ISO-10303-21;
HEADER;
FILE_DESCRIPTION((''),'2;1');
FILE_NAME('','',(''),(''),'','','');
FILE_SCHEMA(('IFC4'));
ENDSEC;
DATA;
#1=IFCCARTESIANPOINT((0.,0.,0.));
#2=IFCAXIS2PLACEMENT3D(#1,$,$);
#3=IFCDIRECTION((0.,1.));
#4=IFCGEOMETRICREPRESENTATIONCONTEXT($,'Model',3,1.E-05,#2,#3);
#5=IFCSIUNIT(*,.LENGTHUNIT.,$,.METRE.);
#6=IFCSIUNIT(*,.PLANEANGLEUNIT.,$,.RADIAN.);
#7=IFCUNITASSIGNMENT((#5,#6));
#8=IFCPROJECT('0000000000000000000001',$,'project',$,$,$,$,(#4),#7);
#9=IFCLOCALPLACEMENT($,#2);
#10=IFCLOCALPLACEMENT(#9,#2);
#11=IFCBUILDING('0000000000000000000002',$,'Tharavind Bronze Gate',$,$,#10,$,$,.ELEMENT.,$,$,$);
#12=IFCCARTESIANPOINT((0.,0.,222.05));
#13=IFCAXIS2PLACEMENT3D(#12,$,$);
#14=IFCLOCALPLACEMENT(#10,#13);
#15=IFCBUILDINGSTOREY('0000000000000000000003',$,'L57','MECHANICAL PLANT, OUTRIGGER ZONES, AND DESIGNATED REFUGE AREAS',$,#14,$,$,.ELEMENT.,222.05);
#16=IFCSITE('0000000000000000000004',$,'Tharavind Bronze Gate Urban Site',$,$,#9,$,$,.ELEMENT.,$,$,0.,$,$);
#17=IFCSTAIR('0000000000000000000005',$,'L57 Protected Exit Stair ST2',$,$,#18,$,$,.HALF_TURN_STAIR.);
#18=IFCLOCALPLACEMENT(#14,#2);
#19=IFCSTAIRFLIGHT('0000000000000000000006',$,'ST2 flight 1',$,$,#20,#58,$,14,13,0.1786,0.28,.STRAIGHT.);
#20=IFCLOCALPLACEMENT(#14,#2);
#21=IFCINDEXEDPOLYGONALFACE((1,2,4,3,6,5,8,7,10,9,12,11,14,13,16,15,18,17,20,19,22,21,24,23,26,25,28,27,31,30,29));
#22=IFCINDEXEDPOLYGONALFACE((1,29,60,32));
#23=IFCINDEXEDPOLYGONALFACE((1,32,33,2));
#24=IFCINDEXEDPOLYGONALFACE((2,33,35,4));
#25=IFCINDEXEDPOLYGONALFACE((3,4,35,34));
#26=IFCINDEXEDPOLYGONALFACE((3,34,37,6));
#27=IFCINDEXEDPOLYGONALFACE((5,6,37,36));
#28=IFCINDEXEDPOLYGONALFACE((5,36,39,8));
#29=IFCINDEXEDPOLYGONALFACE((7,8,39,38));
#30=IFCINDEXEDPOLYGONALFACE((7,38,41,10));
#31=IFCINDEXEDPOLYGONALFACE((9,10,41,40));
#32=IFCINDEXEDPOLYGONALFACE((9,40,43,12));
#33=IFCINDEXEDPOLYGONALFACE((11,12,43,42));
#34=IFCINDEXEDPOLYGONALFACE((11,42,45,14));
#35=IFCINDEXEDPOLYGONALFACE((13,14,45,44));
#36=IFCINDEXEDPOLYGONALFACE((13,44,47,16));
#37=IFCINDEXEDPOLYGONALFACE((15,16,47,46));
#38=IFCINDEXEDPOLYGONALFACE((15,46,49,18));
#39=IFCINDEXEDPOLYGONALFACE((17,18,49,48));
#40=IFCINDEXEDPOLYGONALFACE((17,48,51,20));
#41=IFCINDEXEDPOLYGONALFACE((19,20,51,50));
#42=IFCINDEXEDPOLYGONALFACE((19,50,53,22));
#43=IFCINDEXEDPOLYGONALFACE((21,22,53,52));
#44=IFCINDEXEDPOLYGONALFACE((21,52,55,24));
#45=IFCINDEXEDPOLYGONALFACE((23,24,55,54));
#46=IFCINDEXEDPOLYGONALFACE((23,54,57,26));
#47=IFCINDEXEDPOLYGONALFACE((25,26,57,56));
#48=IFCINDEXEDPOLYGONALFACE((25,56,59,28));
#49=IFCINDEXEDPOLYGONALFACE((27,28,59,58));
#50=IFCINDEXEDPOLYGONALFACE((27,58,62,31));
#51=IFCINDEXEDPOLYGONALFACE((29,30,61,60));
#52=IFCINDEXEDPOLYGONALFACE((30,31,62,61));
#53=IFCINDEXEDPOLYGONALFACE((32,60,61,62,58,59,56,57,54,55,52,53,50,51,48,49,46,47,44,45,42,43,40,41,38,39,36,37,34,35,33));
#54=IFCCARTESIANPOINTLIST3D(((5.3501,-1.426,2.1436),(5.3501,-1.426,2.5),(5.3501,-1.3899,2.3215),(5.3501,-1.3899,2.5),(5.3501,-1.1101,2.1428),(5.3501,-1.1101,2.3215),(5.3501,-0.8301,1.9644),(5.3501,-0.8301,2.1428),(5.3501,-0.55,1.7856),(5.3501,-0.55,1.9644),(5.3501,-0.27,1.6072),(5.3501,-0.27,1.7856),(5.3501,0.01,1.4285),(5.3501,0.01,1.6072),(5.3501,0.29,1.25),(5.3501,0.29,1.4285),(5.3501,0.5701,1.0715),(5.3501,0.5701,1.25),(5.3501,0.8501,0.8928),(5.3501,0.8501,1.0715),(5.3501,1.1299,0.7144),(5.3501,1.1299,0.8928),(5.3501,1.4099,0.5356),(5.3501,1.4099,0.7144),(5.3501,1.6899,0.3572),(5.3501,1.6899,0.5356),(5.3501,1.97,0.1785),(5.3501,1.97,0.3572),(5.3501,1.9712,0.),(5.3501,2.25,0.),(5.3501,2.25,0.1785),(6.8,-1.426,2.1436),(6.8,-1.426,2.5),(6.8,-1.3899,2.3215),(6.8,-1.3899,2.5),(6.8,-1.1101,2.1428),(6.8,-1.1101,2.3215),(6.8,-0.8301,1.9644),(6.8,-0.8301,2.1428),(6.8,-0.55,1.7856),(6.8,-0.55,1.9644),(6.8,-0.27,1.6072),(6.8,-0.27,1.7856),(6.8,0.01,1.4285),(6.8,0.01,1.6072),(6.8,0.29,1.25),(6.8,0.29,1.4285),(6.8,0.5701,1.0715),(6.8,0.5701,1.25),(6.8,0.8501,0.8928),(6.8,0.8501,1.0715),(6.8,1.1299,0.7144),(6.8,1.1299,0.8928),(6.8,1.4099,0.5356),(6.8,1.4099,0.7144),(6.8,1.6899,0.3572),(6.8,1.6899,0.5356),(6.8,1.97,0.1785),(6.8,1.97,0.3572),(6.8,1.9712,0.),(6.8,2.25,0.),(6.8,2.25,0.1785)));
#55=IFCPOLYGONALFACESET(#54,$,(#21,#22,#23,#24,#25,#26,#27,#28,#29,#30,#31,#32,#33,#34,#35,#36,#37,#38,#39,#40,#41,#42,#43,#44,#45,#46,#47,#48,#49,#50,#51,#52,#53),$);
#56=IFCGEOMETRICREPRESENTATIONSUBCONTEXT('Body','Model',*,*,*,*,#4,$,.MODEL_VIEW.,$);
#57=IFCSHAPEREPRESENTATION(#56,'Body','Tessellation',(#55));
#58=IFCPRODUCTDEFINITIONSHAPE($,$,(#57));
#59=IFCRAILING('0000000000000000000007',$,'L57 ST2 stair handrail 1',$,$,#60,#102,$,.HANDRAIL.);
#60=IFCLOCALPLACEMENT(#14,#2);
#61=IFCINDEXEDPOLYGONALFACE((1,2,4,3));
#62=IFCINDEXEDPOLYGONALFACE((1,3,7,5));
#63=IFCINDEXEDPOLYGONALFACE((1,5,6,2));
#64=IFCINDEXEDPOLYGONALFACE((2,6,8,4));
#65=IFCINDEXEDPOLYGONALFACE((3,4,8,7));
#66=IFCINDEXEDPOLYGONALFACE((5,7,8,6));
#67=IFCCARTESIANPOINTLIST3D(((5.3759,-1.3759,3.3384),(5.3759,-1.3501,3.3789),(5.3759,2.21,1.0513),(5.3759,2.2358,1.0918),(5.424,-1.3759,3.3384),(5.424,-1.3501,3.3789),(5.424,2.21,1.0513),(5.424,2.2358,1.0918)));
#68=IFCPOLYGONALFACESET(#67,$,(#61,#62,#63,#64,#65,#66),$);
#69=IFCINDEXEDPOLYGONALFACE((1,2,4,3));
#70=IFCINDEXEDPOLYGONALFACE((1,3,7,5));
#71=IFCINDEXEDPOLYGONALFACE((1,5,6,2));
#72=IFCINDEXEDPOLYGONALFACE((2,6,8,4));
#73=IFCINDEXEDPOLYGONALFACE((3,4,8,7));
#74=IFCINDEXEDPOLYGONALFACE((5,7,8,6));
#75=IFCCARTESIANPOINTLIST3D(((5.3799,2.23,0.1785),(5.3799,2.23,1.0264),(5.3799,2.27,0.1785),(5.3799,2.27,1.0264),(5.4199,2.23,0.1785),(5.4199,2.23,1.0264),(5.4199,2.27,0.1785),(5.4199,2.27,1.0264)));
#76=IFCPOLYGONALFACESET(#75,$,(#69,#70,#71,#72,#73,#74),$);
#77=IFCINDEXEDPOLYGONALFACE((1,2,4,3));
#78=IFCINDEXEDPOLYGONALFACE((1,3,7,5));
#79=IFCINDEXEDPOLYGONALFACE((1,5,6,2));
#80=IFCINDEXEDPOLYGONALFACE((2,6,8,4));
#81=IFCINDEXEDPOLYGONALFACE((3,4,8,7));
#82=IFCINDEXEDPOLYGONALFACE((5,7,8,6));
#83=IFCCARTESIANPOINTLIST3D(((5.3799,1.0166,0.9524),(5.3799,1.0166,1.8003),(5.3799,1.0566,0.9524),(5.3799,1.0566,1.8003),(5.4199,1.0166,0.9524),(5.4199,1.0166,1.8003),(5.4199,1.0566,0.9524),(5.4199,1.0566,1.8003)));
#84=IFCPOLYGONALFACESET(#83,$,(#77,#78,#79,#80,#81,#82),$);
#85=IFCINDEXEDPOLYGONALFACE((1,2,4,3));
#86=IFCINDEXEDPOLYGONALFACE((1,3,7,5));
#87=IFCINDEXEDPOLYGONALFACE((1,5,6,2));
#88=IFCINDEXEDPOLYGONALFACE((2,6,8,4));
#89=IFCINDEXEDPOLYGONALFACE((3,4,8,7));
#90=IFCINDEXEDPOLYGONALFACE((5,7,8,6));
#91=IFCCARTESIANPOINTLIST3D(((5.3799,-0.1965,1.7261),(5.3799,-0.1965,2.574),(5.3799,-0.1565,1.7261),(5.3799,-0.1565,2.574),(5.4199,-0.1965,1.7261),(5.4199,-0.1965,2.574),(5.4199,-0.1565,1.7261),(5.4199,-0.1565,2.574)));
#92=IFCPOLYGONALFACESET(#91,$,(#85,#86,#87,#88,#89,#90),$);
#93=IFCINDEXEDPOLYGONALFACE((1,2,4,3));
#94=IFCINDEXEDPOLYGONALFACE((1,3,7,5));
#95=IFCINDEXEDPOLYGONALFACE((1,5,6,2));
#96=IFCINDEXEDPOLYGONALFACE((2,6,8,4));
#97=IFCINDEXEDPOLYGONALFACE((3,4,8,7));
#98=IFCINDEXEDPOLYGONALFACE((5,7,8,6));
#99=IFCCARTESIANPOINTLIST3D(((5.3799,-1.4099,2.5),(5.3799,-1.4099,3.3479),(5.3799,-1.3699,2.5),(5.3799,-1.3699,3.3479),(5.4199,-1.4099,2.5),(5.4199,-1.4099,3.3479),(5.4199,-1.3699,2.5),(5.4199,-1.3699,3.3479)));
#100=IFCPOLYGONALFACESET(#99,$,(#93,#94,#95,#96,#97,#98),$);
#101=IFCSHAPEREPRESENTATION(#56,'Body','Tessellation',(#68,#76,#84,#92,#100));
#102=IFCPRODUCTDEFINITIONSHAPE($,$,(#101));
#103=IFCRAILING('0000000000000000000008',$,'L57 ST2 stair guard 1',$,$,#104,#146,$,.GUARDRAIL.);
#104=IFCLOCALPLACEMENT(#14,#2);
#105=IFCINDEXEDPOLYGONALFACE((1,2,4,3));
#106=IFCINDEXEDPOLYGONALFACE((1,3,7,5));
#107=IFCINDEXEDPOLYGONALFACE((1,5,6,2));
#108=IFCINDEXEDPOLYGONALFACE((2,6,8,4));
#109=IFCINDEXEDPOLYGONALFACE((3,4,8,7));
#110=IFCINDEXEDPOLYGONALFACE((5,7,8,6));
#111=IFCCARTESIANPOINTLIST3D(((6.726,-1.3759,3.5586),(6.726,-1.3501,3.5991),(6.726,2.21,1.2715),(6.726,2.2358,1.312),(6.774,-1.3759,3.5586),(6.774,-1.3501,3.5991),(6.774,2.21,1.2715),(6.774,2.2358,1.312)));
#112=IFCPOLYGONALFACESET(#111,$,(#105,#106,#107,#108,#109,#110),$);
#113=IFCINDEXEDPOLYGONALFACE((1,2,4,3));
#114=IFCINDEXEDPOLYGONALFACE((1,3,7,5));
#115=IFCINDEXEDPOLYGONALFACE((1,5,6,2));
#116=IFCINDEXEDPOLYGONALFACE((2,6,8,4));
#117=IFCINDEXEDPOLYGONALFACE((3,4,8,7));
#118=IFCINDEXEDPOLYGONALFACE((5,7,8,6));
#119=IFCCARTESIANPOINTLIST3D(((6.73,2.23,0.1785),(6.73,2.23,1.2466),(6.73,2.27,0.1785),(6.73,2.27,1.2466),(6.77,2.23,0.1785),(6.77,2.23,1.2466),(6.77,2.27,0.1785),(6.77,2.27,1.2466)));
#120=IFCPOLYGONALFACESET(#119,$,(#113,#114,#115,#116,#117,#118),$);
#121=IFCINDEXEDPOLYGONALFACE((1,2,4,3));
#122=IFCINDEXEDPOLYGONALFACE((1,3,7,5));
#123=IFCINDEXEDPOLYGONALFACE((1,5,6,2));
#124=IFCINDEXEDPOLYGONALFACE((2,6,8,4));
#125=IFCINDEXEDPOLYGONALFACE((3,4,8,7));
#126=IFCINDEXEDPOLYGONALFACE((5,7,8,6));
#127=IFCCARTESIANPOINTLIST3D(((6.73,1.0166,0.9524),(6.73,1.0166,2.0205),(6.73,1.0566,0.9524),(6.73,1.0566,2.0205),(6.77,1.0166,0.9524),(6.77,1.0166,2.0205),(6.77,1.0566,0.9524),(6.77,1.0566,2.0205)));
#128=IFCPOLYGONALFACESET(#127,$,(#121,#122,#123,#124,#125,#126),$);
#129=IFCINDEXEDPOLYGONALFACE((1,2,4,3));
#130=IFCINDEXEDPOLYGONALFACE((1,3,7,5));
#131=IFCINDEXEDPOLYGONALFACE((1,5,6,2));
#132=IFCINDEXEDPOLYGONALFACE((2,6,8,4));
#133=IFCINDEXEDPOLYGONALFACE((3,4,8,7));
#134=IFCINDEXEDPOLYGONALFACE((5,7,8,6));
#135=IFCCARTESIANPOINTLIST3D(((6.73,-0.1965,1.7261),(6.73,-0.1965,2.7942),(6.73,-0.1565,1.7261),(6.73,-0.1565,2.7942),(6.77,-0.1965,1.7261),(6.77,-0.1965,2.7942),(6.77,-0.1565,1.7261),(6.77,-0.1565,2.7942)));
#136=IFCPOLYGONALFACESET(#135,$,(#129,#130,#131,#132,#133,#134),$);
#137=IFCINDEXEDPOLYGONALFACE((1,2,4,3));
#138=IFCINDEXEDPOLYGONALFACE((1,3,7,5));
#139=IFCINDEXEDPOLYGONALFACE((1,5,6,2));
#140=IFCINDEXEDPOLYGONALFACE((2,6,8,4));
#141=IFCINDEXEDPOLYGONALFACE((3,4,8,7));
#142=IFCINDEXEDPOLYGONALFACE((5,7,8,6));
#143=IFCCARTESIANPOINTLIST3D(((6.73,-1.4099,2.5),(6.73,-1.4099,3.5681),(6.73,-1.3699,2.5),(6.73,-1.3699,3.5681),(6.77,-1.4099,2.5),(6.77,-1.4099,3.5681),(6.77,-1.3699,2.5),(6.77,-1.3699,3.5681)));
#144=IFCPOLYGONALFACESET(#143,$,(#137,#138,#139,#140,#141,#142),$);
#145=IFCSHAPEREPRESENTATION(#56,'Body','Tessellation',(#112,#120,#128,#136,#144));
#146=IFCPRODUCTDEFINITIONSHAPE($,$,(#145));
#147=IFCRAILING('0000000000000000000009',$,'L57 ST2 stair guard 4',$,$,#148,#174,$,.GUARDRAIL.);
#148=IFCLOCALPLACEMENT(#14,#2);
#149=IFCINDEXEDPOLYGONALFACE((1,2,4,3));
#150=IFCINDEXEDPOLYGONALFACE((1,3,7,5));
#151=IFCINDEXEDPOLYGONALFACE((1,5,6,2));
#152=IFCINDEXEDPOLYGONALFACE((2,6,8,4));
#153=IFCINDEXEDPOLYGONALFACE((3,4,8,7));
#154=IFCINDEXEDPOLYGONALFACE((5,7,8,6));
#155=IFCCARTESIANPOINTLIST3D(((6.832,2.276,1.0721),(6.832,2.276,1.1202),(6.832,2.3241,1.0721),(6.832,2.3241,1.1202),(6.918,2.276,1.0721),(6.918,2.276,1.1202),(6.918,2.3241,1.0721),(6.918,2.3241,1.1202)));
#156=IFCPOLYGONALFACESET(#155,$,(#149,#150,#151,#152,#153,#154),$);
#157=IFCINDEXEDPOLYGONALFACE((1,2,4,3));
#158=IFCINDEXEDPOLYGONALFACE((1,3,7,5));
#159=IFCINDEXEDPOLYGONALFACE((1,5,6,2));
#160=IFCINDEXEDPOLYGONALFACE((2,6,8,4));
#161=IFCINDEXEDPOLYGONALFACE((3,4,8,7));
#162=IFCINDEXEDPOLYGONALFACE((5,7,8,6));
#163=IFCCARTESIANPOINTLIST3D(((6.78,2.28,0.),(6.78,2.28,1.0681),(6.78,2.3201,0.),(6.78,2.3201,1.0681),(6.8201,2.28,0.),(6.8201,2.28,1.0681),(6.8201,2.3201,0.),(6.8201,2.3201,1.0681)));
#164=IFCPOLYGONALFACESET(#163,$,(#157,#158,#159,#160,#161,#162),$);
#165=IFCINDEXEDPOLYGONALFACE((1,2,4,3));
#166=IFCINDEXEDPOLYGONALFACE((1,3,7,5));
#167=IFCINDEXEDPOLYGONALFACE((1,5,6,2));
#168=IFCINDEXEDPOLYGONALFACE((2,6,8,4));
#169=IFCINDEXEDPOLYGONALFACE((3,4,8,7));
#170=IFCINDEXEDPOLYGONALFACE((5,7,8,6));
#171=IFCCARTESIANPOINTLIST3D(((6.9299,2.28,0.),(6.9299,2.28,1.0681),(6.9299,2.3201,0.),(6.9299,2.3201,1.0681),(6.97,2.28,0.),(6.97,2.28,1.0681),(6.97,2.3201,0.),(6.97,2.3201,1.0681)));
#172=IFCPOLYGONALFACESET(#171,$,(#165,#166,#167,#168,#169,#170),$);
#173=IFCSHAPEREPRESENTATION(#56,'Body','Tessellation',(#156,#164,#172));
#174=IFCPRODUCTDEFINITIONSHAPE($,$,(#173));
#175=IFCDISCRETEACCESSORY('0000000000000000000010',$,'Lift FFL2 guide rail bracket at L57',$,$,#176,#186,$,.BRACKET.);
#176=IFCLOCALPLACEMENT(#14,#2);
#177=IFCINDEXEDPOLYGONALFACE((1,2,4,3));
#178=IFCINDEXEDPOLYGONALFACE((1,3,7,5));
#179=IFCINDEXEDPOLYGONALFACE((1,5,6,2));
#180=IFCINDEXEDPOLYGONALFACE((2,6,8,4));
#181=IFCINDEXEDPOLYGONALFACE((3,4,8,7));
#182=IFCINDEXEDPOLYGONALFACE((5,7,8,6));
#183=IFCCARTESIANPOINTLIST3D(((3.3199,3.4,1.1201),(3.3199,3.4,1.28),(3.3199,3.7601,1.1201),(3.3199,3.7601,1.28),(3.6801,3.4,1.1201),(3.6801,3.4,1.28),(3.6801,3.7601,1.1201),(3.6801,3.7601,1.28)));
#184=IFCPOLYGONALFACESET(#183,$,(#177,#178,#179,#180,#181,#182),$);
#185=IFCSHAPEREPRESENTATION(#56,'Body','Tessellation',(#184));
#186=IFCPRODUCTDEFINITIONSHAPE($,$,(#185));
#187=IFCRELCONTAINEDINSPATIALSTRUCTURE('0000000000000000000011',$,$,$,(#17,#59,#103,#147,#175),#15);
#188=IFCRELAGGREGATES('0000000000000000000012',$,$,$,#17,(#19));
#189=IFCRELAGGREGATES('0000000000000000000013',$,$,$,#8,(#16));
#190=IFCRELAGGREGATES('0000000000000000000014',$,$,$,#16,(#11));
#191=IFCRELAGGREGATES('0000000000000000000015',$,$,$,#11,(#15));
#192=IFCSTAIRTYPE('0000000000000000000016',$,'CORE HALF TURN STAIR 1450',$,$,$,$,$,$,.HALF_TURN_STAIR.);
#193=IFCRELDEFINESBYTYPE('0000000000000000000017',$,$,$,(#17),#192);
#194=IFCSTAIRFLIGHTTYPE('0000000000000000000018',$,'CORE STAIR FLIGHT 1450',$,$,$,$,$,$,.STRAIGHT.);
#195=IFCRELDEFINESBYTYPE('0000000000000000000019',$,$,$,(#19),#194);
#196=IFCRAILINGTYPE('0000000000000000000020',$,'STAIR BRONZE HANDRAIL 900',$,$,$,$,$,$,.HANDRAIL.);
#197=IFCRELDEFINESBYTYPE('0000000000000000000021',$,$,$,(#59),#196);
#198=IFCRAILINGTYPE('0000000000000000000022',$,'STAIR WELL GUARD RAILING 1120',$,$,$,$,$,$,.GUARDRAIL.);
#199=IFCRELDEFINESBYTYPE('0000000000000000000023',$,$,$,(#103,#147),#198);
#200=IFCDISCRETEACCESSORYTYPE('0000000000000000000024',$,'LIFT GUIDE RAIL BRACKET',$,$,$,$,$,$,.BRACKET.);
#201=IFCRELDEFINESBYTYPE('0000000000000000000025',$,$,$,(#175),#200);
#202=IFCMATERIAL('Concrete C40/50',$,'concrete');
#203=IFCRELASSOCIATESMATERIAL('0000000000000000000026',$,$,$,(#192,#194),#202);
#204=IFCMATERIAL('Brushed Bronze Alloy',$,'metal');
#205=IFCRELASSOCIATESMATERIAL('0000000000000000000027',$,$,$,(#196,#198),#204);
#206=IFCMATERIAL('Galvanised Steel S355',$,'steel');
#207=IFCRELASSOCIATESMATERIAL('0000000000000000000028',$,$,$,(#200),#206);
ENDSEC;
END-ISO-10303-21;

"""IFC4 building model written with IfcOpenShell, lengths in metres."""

from ifc_helpers import new_model, si_unit, direction, frame, origin, origin_2d, place, context, subcontext, project, spatial, polyline, rectangle, outline, extrude, material, type_object, element, aggregate, save


model = new_model("IFC4")

# Units and contexts
model_context = context("Model", 3, precision=1e-05, world=origin(), true_north=direction((0.0, 1.0)))
body_context = subcontext(model_context, "Body", "Model", "MODEL_VIEW")
ifc_project = project(units=[si_unit("LENGTHUNIT", "METRE"), si_unit("PLANEANGLEUNIT", "RADIAN")], contexts=[model_context])

# Site, building, storey
site_placement = place(None, origin())
site = spatial("IfcSite", under=ifc_project, at=site_placement, Name="Tharavind Bronze Gate Urban Site", CompositionType="ELEMENT", RefElevation=0.0)
building_placement = place(site_placement, origin())
building = spatial("IfcBuilding", under=site, at=building_placement, Name="Tharavind Bronze Gate", CompositionType="ELEMENT")
storey_placement = place(building_placement, frame((0.0, 0.0, 222.05)))
storey = spatial("IfcBuildingStorey", under=building, at=storey_placement, Name="L57", Description="MECHANICAL PLANT, OUTRIGGER ZONES, AND DESIGNATED REFUGE AREAS", CompositionType="ELEMENT", Elevation=222.05)

# Shared definitions
ifc_material_1 = material(Name="Concrete C40/50", Category="concrete")

# Stair, stair flight
stair_type = type_object("IfcStairType", Name="CORE HALF TURN STAIR 1450", PredefinedType="HALF_TURN_STAIR", material=ifc_material_1)
stair_placement = place(storey_placement, origin())
stair = element("IfcStair", 1, at=stair_placement, inside=storey, type_object=stair_type, Name="L57 Protected Exit Stair ST2", PredefinedType="HALF_TURN_STAIR")
stair_flight_type = type_object("IfcStairFlightType", Name="CORE STAIR FLIGHT 1450", PredefinedType="STRAIGHT", material=ifc_material_1)
stair_flight_placement = place(storey_placement, frame((6.075, 2.25, 0.0), z_axis=(0.0, 0.0, 1.0), x_axis=(0.0, -1.0, 0.0)))
stair_flight = element("IfcStairFlight", 2, at=stair_flight_placement, type_object=stair_flight_type, Name="ST2 flight 1", NumberOfRisers=14, NumberOfTreads=13, PredefinedType="STRAIGHT", RiserHeight=0.1786, TreadLength=0.28, context=body_context, shape_type="SweptSolid", body=[
    extrude(outline(polyline([(0.0, 0.0), (0.0, 0.1785), (0.28, 0.1785), (0.28, 0.3572), (0.5601, 0.3572), (0.5601, 0.5356), (0.8401, 0.5356), (0.8401, 0.7144), (1.1201, 0.7144), (1.1201, 0.8928), (1.3999, 0.8928), (1.3999, 1.0715), (1.6799, 1.0715), (1.6799, 1.25), (1.96, 1.25), (1.96, 1.4285), (2.24, 1.4285), (2.24, 1.6072), (2.52, 1.6072), (2.52, 1.7856), (2.8, 1.7856), (2.8, 1.9644), (3.0801, 1.9644), (3.0801, 2.1428), (3.3601, 2.1428), (3.3601, 2.3215), (3.6399, 2.3215), (3.6399, 2.5), (3.676, 2.5), (3.676, 2.1436), (0.2788, 0.0), (0.0, 0.0)])), frame((0.0, 0.7251, 0.0), z_axis=(0.0, -1.0, 0.0), x_axis=(1.0, 0.0, 0.0)), (0.0, 0.0, 1.0), 1.45),
])
aggregate(stair, [stair_flight])

# Railings
ifc_material_2 = material(Name="Brushed Bronze Alloy", Category="metal")
railing_type_1 = type_object("IfcRailingType", Name="STAIR BRONZE HANDRAIL 900", PredefinedType="HANDRAIL", material=ifc_material_2)
railing_1_placement = place(storey_placement, frame((5.3999, 2.25, 0.1785)))
element("IfcRailing", 3, at=railing_1_placement, inside=storey, type_object=railing_type_1, Name="L57 ST2 stair handrail 1", PredefinedType="HANDRAIL", context=body_context, shape_type="SweptSolid", body=[
    extrude(rectangle(XDim=0.0481, YDim=0.0481, at=origin_2d()), frame((0.0, -0.0271, 0.8931), z_axis=(0.0, -0.843112, 0.537739), x_axis=(1.0, 0.0, 0.0)), (0.0, 0.0, 1.0), 4.2532),
    extrude(rectangle(XDim=0.04, YDim=0.04, at=origin_2d()), origin(), (0.0, 0.0, 1.0), 0.8479),
    extrude(rectangle(XDim=0.04, YDim=0.04, at=origin_2d()), frame((0.0, -1.2134, 0.7739)), (0.0, 0.0, 1.0), 0.8479),
    extrude(rectangle(XDim=0.04, YDim=0.04, at=origin_2d()), frame((0.0, -2.4265, 1.5476)), (0.0, 0.0, 1.0), 0.8479),
    extrude(rectangle(XDim=0.04, YDim=0.04, at=origin_2d()), frame((0.0, -3.6399, 2.3215)), (0.0, 0.0, 1.0), 0.8479),
])
railing_type_2 = type_object("IfcRailingType", Name="STAIR WELL GUARD RAILING 1120", PredefinedType="GUARDRAIL", material=ifc_material_2)
railing_2_placement = place(storey_placement, frame((6.75, 2.25, 0.1785)))
element("IfcRailing", 4, at=railing_2_placement, inside=storey, type_object=railing_type_2, Name="L57 ST2 stair guard 1", PredefinedType="GUARDRAIL", context=body_context, shape_type="SweptSolid", body=[
    extrude(rectangle(XDim=0.0481, YDim=0.0481, at=origin_2d()), frame((0.0, -0.0271, 1.1133), z_axis=(0.0, -0.843112, 0.537739), x_axis=(1.0, 0.0, 0.0)), (0.0, 0.0, 1.0), 4.2532),
    extrude(rectangle(XDim=0.04, YDim=0.04, at=origin_2d()), origin(), (0.0, 0.0, 1.0), 1.0681),
    extrude(rectangle(XDim=0.04, YDim=0.04, at=origin_2d()), frame((0.0, -1.2134, 0.7739)), (0.0, 0.0, 1.0), 1.0681),
    extrude(rectangle(XDim=0.04, YDim=0.04, at=origin_2d()), frame((0.0, -2.4265, 1.5476)), (0.0, 0.0, 1.0), 1.0681),
    extrude(rectangle(XDim=0.04, YDim=0.04, at=origin_2d()), frame((0.0, -3.6399, 2.3215)), (0.0, 0.0, 1.0), 1.0681),
])
railing_3_placement = place(storey_placement, frame((6.8, 2.3, 0.0)))
element("IfcRailing", 5, at=railing_3_placement, inside=storey, type_object=railing_type_2, Name="L57 ST2 stair guard 4", PredefinedType="GUARDRAIL", context=body_context, shape_type="SweptSolid", body=[
    extrude(rectangle(XDim=0.0481, YDim=0.0481, at=origin_2d()), frame((0.032, 0.0, 1.0962), z_axis=(1.0, 0.0, 0.0), x_axis=(0.0, 1.0, 0.0)), (0.0, 0.0, 1.0), 0.0859),
    extrude(rectangle(XDim=0.04, YDim=0.04, at=origin_2d()), origin(), (0.0, 0.0, 1.0), 1.0681),
    extrude(rectangle(XDim=0.04, YDim=0.04, at=origin_2d()), frame((0.1499, 0.0, 0.0)), (0.0, 0.0, 1.0), 1.0681),
])

# Discrete accessory
ifc_material_3 = material(Name="Galvanised Steel S355", Category="steel")
discrete_accessory_type = type_object("IfcDiscreteAccessoryType", Name="LIFT GUIDE RAIL BRACKET", PredefinedType="BRACKET", material=ifc_material_3)
discrete_accessory_placement = place(storey_placement, frame((3.5, 3.5801, 1.1201), z_axis=(0.0, 0.0, 1.0), x_axis=(1.0, 0.0, 0.0)))
element("IfcDiscreteAccessory", 6, at=discrete_accessory_placement, inside=storey, type_object=discrete_accessory_type, Name="Lift FFL2 guide rail bracket at L57", PredefinedType="BRACKET", context=body_context, shape_type="SweptSolid", body=[
    extrude(rectangle(XDim=0.3601, YDim=0.3601, at=origin_2d()), origin(), (0.0, 0.0, 1.0), 0.1599),
])

save(model, "model.ifc")
